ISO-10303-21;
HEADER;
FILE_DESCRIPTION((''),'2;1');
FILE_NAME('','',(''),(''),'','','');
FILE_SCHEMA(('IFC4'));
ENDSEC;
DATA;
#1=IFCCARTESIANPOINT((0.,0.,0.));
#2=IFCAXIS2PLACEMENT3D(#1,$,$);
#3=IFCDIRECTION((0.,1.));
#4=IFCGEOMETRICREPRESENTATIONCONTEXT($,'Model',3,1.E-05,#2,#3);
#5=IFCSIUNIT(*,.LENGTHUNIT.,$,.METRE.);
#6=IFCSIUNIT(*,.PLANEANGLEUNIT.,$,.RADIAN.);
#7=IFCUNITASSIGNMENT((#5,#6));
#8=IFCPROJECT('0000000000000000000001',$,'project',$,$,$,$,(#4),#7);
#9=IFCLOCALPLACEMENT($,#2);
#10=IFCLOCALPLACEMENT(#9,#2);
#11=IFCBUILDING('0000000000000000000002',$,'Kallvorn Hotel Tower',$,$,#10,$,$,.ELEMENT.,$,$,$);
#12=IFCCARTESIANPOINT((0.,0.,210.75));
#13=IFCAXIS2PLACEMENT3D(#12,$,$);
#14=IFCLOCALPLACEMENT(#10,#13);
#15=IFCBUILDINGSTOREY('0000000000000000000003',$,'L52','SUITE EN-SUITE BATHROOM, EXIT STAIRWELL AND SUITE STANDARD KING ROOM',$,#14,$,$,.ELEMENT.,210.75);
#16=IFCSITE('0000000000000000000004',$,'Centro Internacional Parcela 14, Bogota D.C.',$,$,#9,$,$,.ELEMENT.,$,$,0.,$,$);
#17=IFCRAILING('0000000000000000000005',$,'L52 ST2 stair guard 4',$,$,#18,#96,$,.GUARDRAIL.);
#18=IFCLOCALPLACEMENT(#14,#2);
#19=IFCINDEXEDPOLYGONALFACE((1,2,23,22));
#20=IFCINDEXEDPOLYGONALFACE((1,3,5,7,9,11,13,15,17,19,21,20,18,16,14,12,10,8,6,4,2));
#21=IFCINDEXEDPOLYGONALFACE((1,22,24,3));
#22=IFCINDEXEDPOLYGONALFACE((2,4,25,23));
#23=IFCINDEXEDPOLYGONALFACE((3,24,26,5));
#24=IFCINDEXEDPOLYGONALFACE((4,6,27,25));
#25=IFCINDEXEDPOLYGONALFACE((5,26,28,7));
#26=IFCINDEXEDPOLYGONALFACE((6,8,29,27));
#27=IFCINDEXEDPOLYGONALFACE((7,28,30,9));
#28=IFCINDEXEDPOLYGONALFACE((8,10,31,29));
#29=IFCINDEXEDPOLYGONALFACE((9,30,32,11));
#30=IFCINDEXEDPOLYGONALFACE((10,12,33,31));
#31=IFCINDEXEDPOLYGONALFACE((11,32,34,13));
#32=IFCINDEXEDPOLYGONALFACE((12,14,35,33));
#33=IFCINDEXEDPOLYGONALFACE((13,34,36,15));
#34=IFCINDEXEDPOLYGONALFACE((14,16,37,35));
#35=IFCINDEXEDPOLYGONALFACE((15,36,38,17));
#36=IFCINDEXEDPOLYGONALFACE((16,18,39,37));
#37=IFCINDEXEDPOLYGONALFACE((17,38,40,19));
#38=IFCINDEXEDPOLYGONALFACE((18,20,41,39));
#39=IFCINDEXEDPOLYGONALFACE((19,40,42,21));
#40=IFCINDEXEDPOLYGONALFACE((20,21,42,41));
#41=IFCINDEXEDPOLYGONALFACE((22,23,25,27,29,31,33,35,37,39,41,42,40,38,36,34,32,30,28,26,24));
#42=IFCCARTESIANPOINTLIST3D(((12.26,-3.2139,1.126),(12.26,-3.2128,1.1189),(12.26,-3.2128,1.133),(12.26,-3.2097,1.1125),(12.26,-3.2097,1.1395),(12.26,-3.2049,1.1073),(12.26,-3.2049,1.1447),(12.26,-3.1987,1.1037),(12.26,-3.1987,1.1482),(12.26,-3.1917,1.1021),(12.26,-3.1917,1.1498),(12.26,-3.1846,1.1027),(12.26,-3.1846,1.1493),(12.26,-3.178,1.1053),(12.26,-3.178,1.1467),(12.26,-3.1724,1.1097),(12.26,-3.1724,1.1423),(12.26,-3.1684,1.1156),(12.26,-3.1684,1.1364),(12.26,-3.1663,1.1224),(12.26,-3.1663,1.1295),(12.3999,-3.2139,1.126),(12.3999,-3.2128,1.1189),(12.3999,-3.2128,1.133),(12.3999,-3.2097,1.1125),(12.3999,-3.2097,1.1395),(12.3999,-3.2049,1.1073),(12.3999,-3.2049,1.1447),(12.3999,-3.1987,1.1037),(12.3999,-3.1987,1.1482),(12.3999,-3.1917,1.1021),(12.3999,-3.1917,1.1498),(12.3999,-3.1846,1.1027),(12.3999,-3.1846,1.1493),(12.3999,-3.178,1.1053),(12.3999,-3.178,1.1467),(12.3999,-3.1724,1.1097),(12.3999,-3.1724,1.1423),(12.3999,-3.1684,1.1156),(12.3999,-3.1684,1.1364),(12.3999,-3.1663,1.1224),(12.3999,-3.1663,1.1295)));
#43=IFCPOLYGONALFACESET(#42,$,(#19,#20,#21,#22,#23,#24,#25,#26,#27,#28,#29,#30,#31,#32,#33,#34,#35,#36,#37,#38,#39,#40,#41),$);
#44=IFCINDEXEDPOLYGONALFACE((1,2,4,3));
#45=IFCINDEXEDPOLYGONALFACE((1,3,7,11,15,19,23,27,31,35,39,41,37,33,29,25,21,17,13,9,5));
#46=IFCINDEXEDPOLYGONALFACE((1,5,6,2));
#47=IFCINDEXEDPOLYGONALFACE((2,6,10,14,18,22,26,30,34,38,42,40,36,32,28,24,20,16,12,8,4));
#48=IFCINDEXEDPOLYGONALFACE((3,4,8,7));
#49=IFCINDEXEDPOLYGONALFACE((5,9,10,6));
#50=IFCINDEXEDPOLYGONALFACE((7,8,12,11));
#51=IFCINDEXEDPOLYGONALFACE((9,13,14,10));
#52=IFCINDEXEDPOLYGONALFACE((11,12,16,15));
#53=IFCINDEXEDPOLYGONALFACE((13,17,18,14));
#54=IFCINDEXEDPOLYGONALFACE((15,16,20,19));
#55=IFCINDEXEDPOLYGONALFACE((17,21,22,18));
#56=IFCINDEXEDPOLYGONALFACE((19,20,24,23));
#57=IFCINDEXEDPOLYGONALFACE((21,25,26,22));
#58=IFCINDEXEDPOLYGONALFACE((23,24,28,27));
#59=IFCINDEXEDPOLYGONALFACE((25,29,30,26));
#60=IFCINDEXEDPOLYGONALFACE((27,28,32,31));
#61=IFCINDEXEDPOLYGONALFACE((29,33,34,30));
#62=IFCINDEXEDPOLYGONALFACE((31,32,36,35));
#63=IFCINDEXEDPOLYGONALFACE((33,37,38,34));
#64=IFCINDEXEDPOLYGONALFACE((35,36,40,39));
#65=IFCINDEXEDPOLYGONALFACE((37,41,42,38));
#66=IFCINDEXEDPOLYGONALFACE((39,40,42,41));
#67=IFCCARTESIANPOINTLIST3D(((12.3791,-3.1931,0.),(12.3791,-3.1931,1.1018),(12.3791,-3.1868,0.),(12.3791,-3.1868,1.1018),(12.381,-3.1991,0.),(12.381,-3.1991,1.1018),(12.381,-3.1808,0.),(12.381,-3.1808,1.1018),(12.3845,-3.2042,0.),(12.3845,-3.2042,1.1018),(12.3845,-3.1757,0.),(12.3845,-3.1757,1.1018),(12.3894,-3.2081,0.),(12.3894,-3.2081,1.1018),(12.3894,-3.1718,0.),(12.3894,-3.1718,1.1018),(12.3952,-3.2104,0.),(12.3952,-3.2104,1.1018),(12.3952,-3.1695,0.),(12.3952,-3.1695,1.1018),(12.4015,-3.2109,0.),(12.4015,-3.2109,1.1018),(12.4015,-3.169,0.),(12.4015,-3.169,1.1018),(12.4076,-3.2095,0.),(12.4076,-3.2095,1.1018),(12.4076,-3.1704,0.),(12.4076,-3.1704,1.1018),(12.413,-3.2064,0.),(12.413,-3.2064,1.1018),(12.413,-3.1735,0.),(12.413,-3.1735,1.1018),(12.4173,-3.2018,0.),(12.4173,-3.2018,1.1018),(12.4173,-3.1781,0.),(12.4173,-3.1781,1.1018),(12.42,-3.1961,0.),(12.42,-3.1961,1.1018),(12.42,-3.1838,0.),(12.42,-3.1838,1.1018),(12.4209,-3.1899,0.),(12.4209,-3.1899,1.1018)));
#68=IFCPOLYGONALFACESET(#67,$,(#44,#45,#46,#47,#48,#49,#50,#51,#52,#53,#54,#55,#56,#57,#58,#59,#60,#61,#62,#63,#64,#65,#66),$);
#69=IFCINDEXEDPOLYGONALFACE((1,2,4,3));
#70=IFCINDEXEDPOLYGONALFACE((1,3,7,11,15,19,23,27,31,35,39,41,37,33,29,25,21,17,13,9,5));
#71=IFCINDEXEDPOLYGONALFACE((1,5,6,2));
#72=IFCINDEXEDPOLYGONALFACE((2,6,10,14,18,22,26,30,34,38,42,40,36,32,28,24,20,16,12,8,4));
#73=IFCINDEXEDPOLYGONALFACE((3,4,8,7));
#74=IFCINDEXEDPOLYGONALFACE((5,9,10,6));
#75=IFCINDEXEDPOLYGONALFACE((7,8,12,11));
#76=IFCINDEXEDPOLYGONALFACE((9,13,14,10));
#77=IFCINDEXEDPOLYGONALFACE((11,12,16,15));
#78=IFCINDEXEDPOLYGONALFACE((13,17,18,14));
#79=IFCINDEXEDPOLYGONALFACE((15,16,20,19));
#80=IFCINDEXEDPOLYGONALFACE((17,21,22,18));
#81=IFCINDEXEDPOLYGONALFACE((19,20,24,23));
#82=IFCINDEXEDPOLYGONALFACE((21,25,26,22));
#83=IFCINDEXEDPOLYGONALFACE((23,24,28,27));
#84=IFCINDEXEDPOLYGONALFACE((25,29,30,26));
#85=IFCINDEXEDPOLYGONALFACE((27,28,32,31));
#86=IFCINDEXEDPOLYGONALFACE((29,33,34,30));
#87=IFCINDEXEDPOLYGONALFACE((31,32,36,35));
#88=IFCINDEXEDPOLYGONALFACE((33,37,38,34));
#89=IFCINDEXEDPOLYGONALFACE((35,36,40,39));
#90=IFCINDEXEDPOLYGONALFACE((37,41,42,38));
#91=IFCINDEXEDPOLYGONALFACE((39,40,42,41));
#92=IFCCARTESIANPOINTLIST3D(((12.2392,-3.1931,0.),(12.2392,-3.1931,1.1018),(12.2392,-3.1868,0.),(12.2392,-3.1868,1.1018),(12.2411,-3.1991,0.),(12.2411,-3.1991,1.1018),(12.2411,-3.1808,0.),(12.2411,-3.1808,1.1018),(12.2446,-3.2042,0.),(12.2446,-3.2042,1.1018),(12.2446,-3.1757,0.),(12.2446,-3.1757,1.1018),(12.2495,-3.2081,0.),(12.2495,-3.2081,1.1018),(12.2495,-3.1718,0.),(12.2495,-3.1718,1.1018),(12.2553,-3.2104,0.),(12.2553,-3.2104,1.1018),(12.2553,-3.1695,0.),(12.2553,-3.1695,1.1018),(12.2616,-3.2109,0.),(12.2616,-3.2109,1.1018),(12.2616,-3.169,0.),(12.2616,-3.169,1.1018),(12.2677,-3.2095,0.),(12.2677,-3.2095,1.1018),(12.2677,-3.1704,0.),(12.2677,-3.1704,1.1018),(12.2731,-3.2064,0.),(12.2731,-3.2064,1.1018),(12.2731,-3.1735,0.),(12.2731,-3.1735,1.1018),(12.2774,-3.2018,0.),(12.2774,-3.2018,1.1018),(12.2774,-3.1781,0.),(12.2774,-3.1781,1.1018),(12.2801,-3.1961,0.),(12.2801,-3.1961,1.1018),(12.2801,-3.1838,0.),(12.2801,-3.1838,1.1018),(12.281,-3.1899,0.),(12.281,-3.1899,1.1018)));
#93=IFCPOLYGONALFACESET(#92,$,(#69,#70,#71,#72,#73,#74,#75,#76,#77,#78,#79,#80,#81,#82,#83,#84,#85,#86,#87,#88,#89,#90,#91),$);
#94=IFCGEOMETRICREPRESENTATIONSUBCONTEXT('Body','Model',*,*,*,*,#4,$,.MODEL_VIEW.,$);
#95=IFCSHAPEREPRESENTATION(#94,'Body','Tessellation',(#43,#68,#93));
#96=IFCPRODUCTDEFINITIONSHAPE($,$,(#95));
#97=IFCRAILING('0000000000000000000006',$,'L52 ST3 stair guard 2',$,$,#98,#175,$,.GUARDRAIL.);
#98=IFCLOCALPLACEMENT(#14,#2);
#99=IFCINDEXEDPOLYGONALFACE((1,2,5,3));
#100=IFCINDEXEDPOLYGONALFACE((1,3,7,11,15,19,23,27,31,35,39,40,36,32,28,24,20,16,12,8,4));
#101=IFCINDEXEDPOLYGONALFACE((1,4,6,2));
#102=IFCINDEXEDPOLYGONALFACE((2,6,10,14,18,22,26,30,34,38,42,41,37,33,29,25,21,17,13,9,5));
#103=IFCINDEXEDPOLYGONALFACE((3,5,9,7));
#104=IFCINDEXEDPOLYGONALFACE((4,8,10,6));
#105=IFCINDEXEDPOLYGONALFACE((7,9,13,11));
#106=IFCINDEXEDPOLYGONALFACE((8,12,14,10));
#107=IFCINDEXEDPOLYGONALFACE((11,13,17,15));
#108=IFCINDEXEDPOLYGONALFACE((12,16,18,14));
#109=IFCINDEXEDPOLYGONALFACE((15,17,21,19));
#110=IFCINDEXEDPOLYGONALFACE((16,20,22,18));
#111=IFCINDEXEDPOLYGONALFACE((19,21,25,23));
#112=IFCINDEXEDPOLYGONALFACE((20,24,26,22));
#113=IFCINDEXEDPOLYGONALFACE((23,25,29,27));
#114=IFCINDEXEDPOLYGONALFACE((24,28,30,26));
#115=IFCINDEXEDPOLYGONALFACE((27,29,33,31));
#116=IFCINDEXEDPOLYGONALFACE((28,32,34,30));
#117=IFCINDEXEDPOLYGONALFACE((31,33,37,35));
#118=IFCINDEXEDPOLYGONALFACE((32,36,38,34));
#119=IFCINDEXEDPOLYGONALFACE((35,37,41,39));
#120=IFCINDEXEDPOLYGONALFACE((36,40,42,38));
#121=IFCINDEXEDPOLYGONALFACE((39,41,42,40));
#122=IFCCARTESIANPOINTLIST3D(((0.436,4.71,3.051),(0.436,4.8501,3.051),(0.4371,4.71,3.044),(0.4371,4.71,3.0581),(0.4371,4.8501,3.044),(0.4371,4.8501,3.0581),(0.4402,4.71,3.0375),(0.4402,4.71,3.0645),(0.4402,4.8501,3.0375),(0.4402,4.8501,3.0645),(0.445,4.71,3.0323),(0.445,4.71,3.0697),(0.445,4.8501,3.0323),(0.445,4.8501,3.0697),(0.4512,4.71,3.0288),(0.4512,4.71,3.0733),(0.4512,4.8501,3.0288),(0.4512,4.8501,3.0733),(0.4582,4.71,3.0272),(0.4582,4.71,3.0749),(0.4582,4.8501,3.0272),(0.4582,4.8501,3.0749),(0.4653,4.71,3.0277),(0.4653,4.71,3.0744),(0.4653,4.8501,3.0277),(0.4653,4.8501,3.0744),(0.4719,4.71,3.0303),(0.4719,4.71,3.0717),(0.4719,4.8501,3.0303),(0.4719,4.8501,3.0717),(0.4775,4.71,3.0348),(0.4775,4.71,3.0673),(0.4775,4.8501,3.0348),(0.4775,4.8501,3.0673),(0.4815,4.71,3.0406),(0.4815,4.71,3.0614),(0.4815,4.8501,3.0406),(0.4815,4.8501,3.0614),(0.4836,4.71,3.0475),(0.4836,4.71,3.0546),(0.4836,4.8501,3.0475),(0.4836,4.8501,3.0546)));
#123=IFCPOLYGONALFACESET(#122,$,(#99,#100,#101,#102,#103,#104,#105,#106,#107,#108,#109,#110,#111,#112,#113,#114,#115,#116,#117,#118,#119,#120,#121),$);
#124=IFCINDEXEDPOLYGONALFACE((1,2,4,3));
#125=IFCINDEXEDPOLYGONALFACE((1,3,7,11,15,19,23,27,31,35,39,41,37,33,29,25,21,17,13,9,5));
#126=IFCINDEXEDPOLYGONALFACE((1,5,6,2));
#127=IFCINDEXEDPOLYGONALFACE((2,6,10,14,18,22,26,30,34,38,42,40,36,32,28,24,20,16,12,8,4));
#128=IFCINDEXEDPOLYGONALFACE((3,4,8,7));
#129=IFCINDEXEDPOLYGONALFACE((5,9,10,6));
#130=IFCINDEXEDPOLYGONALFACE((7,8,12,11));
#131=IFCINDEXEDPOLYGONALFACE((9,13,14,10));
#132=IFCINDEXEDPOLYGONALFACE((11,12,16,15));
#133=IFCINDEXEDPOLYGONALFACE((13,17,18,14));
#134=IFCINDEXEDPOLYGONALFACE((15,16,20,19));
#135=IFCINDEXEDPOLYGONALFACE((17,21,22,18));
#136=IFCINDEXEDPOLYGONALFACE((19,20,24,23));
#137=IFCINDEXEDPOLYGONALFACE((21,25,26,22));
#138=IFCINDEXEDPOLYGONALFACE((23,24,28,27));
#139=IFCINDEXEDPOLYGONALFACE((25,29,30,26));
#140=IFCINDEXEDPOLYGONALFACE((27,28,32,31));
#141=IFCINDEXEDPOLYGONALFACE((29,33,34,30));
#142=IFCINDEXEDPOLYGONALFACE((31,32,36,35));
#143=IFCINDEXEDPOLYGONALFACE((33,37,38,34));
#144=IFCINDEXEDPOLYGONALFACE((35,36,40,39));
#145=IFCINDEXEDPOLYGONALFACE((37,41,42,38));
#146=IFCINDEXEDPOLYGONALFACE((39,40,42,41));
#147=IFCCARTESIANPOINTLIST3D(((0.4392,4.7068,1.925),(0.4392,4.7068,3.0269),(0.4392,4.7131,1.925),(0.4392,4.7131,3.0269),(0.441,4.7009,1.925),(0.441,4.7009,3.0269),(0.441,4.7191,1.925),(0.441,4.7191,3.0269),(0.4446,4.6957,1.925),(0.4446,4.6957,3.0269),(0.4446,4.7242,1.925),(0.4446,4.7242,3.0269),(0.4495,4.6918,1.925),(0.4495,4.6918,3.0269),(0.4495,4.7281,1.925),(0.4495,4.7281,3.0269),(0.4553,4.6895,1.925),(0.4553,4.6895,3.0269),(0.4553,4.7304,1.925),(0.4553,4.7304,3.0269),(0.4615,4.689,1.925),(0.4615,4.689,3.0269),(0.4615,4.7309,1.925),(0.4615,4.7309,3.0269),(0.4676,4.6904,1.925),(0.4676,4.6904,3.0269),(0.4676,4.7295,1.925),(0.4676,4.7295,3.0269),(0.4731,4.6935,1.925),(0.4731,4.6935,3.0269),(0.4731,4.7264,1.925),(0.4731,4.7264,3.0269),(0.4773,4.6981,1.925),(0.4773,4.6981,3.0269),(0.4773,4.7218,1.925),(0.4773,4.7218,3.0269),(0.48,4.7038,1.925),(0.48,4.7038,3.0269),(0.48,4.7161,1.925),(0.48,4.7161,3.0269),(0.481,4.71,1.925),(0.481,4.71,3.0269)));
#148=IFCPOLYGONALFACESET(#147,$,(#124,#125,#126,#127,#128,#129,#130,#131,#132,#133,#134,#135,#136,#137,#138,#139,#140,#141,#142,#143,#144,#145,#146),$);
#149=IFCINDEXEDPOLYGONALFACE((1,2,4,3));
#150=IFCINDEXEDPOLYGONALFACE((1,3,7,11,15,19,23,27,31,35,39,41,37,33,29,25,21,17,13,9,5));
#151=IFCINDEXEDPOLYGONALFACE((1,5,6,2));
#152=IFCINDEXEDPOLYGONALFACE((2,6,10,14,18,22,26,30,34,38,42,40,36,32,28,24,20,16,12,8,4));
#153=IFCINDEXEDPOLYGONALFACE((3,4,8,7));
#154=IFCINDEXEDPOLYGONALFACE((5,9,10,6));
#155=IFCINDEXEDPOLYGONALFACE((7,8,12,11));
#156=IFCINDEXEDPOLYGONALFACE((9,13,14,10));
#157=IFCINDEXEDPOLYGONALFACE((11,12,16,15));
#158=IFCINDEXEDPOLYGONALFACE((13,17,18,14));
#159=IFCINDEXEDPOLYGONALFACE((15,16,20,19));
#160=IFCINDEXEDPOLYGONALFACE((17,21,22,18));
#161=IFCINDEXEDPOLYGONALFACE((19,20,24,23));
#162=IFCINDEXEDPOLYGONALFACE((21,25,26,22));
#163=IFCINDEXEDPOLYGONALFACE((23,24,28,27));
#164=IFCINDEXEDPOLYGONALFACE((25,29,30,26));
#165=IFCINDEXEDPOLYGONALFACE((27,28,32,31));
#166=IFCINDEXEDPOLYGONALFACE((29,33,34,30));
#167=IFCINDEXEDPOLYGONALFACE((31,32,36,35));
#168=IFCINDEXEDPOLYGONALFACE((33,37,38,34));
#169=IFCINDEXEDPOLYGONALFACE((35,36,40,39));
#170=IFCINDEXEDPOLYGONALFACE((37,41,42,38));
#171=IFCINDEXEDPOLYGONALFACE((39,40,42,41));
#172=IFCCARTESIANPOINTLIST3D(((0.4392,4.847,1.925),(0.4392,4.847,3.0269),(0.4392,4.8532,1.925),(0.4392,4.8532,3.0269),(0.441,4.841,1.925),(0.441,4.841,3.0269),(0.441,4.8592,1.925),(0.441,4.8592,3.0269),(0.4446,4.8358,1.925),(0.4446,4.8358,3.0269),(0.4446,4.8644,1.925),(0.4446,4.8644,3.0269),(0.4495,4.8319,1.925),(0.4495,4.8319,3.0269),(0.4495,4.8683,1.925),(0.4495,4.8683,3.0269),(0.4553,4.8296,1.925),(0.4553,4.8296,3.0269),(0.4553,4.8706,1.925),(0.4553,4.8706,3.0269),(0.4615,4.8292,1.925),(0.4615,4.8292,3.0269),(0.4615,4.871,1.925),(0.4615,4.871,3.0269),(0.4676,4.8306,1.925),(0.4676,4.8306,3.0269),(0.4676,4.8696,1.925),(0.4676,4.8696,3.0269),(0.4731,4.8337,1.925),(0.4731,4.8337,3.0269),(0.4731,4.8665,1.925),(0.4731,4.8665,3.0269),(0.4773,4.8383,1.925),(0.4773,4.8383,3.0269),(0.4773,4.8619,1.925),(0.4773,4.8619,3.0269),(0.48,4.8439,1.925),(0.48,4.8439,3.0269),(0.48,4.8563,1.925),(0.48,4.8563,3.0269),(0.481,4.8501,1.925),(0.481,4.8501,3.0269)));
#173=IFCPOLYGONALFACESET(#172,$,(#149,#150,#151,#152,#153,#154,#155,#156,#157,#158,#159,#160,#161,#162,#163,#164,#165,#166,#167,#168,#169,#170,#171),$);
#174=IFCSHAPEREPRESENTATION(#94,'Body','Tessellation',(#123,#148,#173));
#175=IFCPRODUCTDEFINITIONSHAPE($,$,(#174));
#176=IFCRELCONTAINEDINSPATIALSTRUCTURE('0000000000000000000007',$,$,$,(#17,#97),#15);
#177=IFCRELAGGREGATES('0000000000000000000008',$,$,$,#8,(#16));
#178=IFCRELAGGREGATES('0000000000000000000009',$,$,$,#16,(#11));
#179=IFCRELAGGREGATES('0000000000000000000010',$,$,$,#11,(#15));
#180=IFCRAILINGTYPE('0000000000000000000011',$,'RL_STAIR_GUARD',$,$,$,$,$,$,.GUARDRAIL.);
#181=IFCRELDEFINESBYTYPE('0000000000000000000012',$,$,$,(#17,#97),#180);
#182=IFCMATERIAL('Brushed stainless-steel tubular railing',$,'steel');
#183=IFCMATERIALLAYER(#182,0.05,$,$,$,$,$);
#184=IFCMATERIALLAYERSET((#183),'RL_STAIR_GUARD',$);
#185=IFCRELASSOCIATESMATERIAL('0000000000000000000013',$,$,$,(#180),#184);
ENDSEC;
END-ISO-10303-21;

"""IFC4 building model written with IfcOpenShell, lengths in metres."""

from ifc_helpers import new_model, si_unit, direction, frame, origin, origin_2d, place, context, subcontext, project, spatial, circle, extrude, material, layer, layer_set, type_object, element, save


model = new_model("IFC4")

# Units and contexts
model_context = context("Model", 3, precision=1e-05, world=origin(), true_north=direction((0.0, 1.0)))
body_context = subcontext(model_context, "Body", "Model", "MODEL_VIEW")
ifc_project = project(units=[si_unit("LENGTHUNIT", "METRE"), si_unit("PLANEANGLEUNIT", "RADIAN")], contexts=[model_context])

# Site, building, storey
site_placement = place(None, origin())
site = spatial("IfcSite", under=ifc_project, at=site_placement, Name="Centro Internacional Parcela 14, Bogota D.C.", CompositionType="ELEMENT", RefElevation=0.0)
building_placement = place(site_placement, origin())
building = spatial("IfcBuilding", under=site, at=building_placement, Name="Kallvorn Hotel Tower", CompositionType="ELEMENT")
storey_placement = place(building_placement, frame((0.0, 0.0, 210.75)))
storey = spatial("IfcBuildingStorey", under=building, at=storey_placement, Name="L52", Description="SUITE EN-SUITE BATHROOM, EXIT STAIRWELL AND SUITE STANDARD KING ROOM", CompositionType="ELEMENT", Elevation=210.75)

# Railings
ifc_material_1 = material(Name="Brushed stainless-steel tubular railing", Category="steel")
ifc_layer_1 = layer(ifc_material_1, 0.05)
ifc_layer_set_1 = layer_set([ifc_layer_1], Name="RL_STAIR_GUARD")
railing_type_1 = type_object("IfcRailingType", Name="RL_STAIR_GUARD", PredefinedType="GUARDRAIL", material=ifc_layer_set_1)
railing_1_placement = place(storey_placement, frame((12.3999, -3.1899, 0.0)))
element("IfcRailing", 1, at=railing_1_placement, inside=storey, type_object=railing_type_1, Name="L52 ST2 stair guard 4", PredefinedType="GUARDRAIL", context=body_context, shape_type="SweptSolid", body=[
    extrude(circle(Radius=0.0239, at=origin_2d()), frame((0.0, 0.0, 1.126), z_axis=(-1.0, 0.0, 0.0), x_axis=(0.0, -1.0, 0.0)), (0.0, 0.0, 1.0), 0.1399),
    extrude(circle(Radius=0.021, at=origin_2d()), origin(), (0.0, 0.0, 1.0), 1.1018),
    extrude(circle(Radius=0.021, at=origin_2d()), frame((-0.1399, 0.0, 0.0)), (0.0, 0.0, 1.0), 1.1018),
])
railing_2_placement = place(storey_placement, frame((0.46, 4.71, 1.925)))
element("IfcRailing", 2, at=railing_2_placement, inside=storey, type_object=railing_type_1, Name="L52 ST3 stair guard 2", PredefinedType="GUARDRAIL", context=body_context, shape_type="SweptSolid", body=[
    extrude(circle(Radius=0.0239, at=origin_2d()), frame((0.0, 0.0, 1.126), z_axis=(0.0, 1.0, 0.0), x_axis=(-1.0, 0.0, 0.0)), (0.0, 0.0, 1.0), 0.1401),
    extrude(circle(Radius=0.021, at=origin_2d()), origin(), (0.0, 0.0, 1.0), 1.1018),
    extrude(circle(Radius=0.021, at=origin_2d()), frame((0.0, 0.1401, 0.0)), (0.0, 0.0, 1.0), 1.1018),
])

save(model, "model.ifc")
